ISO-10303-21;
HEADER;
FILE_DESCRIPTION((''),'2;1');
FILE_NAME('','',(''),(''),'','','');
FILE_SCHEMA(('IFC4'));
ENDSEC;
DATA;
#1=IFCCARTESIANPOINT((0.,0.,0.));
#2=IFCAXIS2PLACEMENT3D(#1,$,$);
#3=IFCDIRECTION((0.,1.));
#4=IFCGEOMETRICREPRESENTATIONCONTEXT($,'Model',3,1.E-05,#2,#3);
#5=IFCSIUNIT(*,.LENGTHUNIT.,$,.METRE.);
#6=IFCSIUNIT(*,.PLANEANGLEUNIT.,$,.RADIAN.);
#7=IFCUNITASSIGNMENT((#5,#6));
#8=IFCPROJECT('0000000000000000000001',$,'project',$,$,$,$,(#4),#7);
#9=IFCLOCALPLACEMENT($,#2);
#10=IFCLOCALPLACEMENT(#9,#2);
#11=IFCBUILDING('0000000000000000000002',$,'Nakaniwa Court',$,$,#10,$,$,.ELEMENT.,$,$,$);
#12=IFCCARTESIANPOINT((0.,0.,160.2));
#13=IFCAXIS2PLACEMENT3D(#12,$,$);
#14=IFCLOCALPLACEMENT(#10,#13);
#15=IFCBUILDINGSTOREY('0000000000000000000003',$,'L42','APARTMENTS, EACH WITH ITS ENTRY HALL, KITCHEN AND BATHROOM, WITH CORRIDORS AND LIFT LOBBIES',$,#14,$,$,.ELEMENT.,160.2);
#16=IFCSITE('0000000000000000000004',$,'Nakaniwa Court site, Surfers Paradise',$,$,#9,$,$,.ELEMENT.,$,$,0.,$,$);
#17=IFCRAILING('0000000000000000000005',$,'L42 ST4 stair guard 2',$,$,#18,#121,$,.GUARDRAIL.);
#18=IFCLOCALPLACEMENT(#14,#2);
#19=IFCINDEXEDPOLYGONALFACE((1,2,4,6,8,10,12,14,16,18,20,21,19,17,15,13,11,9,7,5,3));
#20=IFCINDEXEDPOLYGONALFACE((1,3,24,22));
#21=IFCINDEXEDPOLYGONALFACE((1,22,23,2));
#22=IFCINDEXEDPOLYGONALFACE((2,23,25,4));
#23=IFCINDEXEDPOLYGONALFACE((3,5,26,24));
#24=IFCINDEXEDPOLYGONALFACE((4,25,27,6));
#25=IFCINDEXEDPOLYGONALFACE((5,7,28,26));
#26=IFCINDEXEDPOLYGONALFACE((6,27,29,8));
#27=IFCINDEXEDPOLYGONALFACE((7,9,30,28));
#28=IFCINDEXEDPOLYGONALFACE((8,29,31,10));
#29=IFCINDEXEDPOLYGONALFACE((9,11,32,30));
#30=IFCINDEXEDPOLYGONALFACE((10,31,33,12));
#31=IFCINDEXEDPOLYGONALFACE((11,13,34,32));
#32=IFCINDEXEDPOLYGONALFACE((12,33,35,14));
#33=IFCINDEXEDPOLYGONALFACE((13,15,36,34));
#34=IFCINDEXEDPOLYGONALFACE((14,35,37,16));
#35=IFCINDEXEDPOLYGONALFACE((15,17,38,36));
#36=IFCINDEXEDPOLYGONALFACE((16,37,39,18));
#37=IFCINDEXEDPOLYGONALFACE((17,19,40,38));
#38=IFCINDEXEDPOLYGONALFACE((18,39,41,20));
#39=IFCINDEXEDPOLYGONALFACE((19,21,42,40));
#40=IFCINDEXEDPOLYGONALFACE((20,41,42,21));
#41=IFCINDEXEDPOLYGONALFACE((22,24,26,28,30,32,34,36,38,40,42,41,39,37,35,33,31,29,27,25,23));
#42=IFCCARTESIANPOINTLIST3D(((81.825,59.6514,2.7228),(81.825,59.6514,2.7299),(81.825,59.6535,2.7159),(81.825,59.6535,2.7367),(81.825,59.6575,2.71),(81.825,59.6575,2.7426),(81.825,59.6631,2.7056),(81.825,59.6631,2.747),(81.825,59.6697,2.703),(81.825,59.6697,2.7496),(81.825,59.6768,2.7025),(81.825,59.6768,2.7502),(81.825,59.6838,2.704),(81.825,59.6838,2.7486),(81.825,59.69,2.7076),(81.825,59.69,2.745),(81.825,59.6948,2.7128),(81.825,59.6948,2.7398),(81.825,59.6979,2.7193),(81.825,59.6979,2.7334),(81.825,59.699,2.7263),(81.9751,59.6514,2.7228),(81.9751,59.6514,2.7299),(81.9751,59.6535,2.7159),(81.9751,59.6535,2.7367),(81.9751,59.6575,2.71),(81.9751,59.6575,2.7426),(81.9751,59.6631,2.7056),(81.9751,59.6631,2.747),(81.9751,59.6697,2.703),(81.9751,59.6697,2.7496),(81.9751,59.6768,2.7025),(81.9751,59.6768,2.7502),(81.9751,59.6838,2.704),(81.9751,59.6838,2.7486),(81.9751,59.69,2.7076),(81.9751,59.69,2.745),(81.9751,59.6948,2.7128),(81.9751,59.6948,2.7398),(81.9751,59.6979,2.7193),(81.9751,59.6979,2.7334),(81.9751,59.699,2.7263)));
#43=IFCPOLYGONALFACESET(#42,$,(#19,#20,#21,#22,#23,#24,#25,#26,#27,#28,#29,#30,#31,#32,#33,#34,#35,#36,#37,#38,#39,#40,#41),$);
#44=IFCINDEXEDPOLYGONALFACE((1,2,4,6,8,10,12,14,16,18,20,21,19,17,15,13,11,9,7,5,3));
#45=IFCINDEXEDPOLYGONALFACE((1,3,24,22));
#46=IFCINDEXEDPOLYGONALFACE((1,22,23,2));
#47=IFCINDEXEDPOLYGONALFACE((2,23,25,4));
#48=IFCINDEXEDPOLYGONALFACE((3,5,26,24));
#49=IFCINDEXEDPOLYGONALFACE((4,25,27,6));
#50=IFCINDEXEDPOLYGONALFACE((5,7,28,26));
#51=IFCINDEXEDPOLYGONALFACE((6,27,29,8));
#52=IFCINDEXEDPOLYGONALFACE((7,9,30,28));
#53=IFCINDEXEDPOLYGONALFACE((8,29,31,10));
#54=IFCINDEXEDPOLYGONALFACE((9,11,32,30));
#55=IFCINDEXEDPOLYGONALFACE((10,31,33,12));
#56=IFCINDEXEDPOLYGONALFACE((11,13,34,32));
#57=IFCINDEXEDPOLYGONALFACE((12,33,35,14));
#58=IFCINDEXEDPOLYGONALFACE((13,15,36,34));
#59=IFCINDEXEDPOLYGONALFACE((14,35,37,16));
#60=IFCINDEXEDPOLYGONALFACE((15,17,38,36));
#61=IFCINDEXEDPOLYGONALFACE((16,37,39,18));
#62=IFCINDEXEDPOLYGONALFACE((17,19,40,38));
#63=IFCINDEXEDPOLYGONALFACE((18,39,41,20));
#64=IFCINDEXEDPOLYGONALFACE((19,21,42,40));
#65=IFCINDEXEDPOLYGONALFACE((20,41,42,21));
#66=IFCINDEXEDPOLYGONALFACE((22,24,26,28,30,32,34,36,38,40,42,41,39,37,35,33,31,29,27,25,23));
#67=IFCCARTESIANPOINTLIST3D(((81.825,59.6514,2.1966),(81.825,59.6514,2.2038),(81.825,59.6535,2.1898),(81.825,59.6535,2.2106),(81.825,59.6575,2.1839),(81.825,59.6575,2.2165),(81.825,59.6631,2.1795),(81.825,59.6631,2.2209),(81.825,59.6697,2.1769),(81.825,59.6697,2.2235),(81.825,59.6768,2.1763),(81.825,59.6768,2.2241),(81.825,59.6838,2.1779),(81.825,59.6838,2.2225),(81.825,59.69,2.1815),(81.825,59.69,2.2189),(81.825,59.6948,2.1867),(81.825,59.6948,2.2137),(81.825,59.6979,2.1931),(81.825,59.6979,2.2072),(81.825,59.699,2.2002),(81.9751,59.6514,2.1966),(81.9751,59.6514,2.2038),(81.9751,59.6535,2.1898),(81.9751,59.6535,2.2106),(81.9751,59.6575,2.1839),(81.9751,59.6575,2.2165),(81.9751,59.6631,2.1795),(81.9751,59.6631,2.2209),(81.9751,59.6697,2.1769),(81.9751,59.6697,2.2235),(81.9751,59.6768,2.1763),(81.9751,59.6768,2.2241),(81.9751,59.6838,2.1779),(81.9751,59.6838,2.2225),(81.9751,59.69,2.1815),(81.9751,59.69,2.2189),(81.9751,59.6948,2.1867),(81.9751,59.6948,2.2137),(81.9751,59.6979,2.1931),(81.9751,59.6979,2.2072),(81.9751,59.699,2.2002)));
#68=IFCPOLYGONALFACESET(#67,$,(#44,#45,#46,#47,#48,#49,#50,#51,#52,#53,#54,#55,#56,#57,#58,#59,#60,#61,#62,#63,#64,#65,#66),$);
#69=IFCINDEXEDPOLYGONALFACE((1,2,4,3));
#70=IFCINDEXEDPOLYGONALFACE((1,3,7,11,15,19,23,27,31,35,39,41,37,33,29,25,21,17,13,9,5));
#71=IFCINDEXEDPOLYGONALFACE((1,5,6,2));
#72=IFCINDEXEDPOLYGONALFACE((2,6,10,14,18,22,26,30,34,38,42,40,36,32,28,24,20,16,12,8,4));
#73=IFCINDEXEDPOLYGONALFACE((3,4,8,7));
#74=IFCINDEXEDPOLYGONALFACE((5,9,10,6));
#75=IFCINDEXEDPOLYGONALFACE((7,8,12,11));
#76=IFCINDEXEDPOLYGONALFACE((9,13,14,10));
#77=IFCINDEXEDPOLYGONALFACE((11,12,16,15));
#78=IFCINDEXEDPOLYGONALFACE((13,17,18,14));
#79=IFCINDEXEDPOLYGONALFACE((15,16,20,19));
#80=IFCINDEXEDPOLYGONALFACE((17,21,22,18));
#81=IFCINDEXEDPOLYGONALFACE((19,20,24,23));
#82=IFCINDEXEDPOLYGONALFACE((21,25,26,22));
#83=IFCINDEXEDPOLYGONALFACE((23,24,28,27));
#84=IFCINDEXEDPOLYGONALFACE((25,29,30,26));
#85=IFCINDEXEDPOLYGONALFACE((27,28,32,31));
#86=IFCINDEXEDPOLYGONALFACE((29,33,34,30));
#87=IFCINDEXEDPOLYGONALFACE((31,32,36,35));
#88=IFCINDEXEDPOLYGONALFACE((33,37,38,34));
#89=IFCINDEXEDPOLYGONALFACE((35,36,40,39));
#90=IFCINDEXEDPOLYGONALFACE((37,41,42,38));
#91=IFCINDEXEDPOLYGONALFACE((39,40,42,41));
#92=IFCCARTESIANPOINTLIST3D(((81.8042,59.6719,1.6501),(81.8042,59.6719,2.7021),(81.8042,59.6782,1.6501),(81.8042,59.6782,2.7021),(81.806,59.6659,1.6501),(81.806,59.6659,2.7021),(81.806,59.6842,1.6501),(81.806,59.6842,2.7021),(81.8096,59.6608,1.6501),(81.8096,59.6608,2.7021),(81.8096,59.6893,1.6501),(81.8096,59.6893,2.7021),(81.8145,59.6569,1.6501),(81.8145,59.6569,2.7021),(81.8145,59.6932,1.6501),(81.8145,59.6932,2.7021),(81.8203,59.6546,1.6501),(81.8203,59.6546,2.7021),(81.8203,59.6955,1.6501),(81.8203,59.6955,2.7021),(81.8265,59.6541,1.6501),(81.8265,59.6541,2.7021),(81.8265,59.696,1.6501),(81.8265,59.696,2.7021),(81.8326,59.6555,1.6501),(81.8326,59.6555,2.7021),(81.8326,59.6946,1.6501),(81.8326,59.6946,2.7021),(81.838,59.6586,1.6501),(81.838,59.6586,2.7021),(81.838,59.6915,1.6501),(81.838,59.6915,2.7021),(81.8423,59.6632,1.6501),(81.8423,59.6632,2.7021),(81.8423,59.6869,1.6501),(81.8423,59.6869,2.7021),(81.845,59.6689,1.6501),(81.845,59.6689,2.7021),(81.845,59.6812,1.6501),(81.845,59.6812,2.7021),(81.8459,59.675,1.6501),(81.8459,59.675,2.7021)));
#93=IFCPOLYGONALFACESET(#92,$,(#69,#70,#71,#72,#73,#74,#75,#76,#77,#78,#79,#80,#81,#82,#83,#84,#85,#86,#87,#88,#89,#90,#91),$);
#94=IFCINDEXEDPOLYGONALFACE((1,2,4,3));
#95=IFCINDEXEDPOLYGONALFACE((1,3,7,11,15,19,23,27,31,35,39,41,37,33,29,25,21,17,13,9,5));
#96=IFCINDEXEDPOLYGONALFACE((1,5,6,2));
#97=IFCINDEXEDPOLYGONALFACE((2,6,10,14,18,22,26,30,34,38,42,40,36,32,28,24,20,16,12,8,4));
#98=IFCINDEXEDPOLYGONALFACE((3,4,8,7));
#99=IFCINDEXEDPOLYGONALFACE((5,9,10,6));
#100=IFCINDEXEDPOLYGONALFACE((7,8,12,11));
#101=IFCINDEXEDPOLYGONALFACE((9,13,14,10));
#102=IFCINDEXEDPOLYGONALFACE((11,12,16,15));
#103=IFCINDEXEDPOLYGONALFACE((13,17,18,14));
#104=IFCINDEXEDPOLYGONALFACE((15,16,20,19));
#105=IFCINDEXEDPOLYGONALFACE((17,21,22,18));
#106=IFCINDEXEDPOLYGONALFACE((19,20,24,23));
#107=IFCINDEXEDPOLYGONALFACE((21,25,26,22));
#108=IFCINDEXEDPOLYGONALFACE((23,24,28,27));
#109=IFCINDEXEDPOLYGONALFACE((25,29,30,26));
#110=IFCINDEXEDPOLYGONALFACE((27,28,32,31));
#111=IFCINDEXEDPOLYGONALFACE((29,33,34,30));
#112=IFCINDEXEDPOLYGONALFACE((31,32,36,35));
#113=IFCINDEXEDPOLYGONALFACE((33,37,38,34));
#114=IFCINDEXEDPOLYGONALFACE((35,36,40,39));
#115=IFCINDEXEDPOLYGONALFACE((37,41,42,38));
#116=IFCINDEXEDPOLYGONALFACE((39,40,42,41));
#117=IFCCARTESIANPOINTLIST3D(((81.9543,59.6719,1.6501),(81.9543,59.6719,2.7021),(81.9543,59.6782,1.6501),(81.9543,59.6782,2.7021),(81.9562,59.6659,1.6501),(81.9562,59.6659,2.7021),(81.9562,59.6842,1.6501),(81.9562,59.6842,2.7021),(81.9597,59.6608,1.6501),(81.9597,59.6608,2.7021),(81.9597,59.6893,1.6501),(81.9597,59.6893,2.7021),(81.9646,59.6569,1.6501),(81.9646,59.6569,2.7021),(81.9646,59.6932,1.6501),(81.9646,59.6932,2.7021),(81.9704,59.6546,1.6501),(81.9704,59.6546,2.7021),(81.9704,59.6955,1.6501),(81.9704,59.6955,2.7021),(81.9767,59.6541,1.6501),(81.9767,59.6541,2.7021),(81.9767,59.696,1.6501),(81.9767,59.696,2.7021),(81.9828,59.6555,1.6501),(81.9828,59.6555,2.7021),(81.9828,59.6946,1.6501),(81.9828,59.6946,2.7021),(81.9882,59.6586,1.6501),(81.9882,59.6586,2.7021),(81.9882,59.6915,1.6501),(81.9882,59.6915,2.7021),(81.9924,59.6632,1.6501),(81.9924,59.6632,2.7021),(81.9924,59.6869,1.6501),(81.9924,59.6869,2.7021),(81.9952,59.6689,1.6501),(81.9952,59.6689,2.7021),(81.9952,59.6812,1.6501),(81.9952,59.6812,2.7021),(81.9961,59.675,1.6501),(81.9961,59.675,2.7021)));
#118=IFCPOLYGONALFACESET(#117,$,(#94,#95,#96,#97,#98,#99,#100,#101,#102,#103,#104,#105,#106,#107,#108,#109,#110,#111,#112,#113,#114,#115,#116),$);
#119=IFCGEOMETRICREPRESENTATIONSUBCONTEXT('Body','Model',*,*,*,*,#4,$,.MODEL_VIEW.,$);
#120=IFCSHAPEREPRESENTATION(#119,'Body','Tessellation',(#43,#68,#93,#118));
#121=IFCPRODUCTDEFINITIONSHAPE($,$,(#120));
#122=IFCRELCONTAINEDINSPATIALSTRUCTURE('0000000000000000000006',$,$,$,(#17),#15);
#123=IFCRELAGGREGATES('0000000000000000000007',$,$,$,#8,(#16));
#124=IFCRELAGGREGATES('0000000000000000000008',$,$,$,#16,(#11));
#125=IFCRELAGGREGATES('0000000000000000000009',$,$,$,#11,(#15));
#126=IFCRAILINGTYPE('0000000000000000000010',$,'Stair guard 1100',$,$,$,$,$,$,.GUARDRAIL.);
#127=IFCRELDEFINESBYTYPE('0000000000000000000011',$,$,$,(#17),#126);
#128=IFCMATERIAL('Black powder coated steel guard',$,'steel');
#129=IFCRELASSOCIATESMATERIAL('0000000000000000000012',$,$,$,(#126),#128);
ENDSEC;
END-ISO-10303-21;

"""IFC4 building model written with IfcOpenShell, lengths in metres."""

from ifc_helpers import new_model, si_unit, direction, frame, origin, origin_2d, place, context, subcontext, project, spatial, circle, extrude, material, type_object, element, save


model = new_model("IFC4")

# Units and contexts
model_context = context("Model", 3, precision=1e-05, world=origin(), true_north=direction((0.0, 1.0)))
body_context = subcontext(model_context, "Body", "Model", "MODEL_VIEW")
ifc_project = project(units=[si_unit("LENGTHUNIT", "METRE"), si_unit("PLANEANGLEUNIT", "RADIAN")], contexts=[model_context])

# Site, building, storey
site_placement = place(None, origin())
site = spatial("IfcSite", under=ifc_project, at=site_placement, Name="Nakaniwa Court site, Surfers Paradise", CompositionType="ELEMENT", RefElevation=0.0)
building_placement = place(site_placement, origin())
building = spatial("IfcBuilding", under=site, at=building_placement, Name="Nakaniwa Court", CompositionType="ELEMENT")
storey_placement = place(building_placement, frame((0.0, 0.0, 160.2)))
storey = spatial("IfcBuildingStorey", under=building, at=storey_placement, Name="L42", Description="APARTMENTS, EACH WITH ITS ENTRY HALL, KITCHEN AND BATHROOM, WITH CORRIDORS AND LIFT LOBBIES", CompositionType="ELEMENT", Elevation=160.2)

# Railing
ifc_material_1 = material(Name="Black powder coated steel guard", Category="steel")
railing_type_1 = type_object("IfcRailingType", Name="Stair guard 1100", PredefinedType="GUARDRAIL", material=ifc_material_1)
railing_1_placement = place(storey_placement, frame((81.825, 59.675, 1.6501)))
element("IfcRailing", 1, at=railing_1_placement, inside=storey, type_object=railing_type_1, Name="L42 ST4 stair guard 2", PredefinedType="GUARDRAIL", context=body_context, shape_type="SweptSolid", body=[
    extrude(circle(Radius=0.0239, at=origin_2d()), frame((0.0, 0.0, 1.0762), z_axis=(1.0, 0.0, 0.0), x_axis=(0.0, 1.0, 0.0)), (0.0, 0.0, 1.0), 0.1501),
    extrude(circle(Radius=0.0239, at=origin_2d()), frame((0.0, 0.0, 0.55), z_axis=(1.0, 0.0, 0.0), x_axis=(0.0, 1.0, 0.0)), (0.0, 0.0, 1.0), 0.1501),
    extrude(circle(Radius=0.021, at=origin_2d()), origin(), (0.0, 0.0, 1.0), 1.052),
    extrude(circle(Radius=0.021, at=origin_2d()), frame((0.1501, 0.0, 0.0)), (0.0, 0.0, 1.0), 1.052),
])

save(model, "model.ifc")
